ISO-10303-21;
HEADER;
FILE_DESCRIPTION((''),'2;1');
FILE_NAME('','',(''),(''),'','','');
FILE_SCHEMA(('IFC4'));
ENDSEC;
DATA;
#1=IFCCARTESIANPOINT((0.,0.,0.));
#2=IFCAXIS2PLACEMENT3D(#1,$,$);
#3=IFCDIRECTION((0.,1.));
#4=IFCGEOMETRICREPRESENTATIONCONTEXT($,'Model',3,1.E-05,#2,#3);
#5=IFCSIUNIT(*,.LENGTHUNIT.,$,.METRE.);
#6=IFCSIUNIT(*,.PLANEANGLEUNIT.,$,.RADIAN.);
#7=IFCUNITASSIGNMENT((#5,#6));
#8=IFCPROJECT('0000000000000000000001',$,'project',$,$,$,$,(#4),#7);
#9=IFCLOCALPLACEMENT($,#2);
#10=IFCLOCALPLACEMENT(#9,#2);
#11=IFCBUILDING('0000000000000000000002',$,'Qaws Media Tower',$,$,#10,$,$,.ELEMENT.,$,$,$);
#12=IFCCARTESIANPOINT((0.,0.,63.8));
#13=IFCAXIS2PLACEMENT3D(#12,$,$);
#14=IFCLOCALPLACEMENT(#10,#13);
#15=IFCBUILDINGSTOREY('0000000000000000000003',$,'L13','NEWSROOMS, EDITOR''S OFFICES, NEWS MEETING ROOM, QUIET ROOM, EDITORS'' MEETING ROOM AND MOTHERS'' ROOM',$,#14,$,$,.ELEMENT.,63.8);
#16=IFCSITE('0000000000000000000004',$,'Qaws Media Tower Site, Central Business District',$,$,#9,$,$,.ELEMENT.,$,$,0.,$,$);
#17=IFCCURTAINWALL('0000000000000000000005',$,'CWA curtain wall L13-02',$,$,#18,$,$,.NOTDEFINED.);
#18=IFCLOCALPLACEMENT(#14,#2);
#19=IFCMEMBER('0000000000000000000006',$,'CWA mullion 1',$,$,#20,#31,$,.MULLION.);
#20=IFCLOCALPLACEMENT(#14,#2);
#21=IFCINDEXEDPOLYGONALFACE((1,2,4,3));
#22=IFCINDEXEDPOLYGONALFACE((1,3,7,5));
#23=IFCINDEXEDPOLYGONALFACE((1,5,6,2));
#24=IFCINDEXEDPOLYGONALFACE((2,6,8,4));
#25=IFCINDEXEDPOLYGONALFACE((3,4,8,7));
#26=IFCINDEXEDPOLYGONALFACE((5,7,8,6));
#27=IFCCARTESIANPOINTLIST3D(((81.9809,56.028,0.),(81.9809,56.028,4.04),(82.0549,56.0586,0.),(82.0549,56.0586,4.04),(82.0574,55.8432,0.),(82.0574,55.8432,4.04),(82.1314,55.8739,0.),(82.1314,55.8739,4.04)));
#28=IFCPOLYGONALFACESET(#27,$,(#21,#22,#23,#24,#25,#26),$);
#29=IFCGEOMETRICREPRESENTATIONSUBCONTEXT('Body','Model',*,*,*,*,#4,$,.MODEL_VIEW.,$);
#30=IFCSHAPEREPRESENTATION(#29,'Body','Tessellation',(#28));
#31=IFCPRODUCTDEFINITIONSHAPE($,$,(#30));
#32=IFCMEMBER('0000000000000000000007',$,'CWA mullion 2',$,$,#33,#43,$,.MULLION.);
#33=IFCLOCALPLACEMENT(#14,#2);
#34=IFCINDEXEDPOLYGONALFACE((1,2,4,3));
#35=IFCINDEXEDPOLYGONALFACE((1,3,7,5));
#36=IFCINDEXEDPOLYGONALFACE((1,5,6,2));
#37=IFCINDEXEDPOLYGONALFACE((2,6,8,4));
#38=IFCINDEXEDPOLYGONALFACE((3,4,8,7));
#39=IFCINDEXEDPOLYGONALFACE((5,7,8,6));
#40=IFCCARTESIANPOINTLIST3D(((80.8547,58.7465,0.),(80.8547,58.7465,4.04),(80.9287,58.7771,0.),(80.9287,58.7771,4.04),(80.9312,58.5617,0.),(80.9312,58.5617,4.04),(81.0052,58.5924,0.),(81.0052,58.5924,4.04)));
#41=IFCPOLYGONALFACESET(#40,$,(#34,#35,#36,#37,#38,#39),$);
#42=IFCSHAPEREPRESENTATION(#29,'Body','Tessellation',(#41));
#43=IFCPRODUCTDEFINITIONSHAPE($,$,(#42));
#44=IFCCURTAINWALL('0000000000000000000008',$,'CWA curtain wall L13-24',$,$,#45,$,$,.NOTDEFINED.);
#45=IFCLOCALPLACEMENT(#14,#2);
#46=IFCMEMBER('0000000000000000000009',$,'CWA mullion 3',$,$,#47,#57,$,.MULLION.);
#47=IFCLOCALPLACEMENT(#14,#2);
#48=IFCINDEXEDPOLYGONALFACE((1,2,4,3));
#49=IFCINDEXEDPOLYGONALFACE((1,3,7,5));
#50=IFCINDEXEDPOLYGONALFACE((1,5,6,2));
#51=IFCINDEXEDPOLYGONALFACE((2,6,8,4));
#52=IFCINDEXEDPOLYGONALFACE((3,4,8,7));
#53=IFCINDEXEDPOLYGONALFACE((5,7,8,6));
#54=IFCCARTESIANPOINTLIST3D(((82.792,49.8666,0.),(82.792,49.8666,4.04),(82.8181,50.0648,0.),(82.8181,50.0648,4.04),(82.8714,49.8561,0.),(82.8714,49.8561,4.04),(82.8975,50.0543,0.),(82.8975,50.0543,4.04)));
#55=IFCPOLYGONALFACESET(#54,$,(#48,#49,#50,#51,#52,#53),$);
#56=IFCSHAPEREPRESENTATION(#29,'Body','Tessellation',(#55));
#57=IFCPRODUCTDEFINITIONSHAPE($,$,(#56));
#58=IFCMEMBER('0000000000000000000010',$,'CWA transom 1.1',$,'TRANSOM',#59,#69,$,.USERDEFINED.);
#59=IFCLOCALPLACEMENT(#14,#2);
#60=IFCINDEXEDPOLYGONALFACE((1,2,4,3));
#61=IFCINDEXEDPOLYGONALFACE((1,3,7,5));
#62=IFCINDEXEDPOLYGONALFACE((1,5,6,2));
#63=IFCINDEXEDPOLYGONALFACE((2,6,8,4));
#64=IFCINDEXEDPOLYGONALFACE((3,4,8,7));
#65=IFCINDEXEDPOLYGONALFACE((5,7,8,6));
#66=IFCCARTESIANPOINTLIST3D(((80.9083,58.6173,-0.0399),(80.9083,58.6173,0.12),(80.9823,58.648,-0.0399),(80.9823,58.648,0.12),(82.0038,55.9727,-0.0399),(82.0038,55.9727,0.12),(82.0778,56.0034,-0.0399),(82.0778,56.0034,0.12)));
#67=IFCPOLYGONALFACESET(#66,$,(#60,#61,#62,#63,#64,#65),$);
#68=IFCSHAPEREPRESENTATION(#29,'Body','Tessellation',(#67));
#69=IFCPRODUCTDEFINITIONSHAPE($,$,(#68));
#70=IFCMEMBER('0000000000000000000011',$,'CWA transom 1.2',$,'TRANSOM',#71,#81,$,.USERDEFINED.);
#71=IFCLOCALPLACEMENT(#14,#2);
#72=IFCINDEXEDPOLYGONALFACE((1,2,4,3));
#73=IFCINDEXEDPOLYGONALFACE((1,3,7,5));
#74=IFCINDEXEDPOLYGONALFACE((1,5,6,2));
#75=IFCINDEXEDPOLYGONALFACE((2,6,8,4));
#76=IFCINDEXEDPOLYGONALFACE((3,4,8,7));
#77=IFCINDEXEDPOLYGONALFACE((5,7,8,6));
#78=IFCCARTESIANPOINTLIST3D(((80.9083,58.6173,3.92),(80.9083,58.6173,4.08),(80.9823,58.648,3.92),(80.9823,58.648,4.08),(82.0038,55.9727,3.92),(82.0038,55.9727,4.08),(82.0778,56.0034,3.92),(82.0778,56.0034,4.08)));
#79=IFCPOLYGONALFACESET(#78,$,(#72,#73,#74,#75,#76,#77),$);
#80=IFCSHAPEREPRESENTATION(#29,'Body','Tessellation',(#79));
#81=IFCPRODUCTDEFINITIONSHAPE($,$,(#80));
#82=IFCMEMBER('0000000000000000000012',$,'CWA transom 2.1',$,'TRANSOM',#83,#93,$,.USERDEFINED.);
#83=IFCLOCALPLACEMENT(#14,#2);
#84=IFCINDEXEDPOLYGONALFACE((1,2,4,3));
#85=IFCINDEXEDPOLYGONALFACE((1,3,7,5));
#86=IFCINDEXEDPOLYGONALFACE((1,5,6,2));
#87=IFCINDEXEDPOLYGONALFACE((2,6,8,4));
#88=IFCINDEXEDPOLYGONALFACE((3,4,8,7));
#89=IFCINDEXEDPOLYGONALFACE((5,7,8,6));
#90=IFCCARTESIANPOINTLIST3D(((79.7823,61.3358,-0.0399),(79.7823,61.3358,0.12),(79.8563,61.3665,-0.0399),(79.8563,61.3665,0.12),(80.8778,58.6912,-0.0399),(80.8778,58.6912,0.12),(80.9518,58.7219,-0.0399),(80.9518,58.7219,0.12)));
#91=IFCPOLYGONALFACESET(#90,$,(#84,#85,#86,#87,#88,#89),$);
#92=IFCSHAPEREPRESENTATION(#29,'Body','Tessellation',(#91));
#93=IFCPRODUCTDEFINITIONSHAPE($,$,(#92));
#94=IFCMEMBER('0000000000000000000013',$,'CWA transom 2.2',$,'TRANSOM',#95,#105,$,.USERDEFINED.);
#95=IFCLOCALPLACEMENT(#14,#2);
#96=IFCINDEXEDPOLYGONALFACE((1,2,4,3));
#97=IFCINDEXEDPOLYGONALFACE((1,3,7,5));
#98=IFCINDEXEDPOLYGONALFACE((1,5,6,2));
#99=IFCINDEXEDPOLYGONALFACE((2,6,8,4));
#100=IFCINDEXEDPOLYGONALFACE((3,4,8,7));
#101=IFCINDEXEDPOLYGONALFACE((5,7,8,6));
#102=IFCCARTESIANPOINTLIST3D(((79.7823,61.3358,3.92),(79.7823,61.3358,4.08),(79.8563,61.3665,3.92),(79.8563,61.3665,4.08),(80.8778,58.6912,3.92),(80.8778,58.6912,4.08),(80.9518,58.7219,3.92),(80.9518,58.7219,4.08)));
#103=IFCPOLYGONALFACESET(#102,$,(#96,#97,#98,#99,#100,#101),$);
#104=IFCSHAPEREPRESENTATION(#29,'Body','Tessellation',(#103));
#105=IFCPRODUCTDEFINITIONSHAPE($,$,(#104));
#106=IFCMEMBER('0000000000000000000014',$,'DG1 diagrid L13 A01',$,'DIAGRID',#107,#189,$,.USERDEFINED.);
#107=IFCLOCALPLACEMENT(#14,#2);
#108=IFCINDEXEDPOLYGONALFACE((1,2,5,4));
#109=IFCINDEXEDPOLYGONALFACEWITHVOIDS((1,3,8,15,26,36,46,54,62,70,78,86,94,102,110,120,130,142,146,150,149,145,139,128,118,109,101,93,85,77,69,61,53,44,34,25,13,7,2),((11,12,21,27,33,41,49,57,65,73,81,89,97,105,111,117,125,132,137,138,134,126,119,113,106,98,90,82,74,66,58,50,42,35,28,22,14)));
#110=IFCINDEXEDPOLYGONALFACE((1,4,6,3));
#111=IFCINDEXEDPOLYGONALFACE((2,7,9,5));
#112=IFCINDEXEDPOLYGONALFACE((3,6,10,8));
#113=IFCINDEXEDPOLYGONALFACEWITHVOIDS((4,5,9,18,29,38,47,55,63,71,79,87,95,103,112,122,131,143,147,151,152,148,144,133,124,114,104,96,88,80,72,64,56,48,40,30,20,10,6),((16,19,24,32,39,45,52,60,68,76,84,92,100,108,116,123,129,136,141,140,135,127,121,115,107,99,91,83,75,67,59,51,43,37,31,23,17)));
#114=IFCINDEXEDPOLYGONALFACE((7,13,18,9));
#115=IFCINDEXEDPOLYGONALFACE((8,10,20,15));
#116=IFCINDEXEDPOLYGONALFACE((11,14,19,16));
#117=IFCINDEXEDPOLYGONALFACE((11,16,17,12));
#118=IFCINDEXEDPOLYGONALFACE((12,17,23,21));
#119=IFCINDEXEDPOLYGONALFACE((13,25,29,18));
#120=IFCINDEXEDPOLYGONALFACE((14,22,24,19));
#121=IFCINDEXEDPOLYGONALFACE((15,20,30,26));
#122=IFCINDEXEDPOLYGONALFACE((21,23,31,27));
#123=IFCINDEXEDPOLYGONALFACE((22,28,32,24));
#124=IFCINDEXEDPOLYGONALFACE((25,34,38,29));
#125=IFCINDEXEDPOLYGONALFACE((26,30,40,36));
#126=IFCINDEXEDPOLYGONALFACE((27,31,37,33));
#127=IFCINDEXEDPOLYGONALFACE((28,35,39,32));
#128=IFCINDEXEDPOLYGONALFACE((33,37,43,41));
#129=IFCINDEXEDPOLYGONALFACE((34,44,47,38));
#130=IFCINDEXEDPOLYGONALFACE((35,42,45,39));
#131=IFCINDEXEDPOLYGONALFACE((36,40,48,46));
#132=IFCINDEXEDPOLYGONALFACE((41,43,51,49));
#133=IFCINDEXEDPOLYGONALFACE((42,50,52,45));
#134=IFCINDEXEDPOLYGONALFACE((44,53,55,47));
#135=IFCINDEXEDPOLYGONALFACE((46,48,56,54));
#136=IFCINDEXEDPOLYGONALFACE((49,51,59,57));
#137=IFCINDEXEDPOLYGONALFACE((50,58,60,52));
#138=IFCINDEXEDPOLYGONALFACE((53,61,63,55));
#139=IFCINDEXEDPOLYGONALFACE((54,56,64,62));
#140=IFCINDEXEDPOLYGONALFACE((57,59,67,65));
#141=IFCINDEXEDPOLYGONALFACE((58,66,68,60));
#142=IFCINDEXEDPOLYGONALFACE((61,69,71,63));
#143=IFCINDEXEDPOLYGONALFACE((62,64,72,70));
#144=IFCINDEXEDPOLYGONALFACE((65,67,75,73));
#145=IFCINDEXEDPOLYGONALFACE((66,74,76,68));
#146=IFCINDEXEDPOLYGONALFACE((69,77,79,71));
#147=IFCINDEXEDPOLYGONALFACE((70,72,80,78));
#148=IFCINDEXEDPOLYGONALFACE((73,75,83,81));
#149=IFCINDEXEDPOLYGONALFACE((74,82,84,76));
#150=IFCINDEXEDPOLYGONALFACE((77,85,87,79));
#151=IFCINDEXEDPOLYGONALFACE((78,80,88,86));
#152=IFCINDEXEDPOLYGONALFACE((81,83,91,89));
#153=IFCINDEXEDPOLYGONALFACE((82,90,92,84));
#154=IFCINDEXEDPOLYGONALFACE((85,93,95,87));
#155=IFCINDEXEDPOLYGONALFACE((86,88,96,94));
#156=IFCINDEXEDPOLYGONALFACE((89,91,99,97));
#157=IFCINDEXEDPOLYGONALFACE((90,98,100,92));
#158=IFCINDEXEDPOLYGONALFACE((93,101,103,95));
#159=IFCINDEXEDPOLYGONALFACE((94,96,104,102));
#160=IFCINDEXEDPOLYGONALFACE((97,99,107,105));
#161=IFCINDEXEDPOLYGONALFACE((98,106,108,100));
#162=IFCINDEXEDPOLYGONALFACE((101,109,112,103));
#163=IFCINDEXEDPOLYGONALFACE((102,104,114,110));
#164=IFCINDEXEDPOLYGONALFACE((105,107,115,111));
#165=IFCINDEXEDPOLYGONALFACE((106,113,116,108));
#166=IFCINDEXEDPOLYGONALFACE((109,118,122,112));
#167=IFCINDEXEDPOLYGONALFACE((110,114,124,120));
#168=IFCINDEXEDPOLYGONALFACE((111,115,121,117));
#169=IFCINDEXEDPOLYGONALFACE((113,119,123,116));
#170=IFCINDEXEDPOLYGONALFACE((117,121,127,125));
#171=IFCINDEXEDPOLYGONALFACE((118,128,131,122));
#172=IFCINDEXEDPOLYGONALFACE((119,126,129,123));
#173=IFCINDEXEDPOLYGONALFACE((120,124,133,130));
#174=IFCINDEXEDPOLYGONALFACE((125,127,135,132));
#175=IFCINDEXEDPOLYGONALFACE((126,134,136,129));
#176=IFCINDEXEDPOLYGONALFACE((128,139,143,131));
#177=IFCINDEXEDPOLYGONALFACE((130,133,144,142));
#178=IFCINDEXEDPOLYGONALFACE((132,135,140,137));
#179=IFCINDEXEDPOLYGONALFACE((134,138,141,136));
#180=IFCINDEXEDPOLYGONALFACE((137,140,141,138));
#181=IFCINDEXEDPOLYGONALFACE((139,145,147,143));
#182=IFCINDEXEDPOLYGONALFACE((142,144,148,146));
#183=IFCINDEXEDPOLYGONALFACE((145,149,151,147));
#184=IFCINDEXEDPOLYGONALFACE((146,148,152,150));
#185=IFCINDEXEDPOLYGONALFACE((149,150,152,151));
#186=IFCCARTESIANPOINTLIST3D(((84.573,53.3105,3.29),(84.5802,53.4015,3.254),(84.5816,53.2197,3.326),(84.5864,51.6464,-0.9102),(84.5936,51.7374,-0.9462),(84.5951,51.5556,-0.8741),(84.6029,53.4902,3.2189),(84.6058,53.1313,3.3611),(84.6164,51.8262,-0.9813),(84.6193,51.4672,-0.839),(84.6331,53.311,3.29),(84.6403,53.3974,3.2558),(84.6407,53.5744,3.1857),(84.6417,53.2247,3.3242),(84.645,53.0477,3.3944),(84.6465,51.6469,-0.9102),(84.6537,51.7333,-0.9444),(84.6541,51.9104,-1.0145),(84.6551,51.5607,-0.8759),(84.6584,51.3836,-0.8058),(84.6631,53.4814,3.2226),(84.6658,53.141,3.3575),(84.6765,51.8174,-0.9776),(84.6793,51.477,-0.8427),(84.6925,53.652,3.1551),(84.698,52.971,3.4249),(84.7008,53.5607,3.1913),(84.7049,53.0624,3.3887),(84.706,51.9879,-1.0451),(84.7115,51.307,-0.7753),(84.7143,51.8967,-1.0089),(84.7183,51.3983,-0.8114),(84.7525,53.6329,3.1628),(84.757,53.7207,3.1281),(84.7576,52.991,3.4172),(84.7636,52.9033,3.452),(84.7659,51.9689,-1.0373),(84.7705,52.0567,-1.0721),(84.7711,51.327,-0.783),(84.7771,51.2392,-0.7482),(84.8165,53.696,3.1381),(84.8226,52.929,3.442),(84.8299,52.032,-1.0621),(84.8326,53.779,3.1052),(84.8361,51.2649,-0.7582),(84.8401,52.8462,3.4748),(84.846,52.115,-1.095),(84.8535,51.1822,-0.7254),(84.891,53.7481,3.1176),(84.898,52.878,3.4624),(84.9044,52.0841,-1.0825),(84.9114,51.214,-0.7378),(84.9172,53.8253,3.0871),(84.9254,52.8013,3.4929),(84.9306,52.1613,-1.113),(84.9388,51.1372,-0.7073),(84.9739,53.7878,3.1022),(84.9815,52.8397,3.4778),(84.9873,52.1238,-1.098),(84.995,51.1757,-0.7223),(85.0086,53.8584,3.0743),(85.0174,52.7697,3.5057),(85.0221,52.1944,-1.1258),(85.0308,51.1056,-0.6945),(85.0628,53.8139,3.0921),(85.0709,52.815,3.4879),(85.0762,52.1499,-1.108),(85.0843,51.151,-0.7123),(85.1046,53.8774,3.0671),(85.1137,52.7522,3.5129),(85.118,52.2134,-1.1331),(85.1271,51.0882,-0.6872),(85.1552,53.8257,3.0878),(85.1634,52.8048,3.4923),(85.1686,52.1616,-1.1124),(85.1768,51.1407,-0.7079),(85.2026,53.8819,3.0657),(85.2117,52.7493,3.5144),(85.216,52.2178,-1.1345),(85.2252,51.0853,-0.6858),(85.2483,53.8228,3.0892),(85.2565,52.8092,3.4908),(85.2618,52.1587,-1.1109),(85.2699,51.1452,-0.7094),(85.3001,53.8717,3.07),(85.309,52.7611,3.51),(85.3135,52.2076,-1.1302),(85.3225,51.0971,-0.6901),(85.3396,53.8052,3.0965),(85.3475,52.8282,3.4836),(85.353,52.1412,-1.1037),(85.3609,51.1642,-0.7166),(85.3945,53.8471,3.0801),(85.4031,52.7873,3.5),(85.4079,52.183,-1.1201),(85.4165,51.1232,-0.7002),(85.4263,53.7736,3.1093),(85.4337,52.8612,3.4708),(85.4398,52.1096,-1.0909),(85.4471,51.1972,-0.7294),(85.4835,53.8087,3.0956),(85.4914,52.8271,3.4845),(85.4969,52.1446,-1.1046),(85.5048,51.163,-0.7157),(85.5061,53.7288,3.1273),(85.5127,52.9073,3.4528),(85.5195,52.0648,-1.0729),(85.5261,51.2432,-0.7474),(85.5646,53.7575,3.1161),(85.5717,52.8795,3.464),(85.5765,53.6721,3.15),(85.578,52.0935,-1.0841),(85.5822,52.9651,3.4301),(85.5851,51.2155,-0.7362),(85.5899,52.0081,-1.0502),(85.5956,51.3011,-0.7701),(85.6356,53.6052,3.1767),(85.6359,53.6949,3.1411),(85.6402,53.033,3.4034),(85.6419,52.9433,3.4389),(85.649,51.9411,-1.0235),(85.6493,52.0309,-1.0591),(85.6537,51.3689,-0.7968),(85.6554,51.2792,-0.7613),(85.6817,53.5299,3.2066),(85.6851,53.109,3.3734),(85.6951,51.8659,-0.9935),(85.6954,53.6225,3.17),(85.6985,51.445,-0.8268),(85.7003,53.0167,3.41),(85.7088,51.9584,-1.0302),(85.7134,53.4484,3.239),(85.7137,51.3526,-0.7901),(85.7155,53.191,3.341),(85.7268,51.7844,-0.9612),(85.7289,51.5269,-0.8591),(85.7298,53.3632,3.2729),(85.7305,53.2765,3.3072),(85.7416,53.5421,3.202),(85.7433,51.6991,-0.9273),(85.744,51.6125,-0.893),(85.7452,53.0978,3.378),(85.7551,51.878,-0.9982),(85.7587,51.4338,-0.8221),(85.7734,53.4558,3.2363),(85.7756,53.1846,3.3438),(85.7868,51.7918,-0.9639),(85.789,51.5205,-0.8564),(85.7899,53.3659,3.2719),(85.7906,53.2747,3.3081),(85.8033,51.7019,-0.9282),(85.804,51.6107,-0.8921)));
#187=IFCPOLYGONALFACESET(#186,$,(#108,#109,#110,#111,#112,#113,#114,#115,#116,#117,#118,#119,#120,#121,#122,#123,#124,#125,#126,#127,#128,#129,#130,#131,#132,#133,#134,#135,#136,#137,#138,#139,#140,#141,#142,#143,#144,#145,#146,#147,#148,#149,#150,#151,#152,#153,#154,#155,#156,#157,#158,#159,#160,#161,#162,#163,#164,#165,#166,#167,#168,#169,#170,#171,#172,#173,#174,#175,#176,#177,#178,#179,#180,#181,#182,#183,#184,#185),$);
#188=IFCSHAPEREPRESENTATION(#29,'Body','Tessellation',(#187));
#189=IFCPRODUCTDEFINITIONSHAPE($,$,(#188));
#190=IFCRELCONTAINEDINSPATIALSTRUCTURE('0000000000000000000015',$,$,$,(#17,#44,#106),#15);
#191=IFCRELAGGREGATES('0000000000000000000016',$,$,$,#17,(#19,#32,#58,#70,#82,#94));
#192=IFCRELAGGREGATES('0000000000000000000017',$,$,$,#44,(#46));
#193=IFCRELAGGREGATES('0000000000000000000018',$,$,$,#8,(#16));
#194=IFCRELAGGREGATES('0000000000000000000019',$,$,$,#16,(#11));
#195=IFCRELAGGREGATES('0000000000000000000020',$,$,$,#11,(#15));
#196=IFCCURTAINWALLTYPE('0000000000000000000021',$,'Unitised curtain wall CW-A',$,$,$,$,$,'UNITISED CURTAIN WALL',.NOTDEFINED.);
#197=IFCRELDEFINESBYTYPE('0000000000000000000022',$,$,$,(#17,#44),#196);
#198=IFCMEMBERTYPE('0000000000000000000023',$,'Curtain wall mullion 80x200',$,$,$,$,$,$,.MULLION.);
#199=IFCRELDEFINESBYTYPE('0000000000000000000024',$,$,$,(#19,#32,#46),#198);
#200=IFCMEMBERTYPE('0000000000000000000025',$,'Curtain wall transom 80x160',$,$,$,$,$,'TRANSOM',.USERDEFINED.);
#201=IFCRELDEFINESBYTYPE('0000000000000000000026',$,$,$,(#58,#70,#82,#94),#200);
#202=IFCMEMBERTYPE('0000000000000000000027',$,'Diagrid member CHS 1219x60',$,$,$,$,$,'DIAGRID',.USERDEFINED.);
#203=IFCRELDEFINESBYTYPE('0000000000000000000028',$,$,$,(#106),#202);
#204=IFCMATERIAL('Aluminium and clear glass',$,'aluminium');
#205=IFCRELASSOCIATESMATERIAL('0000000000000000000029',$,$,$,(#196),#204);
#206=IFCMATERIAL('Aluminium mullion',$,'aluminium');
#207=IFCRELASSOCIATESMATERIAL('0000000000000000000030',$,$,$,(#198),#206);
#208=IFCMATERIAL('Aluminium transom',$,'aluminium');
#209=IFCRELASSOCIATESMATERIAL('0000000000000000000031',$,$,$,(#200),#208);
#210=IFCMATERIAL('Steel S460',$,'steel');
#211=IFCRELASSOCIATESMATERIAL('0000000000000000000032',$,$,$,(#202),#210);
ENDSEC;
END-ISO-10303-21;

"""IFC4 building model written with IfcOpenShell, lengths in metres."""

from ifc_helpers import new_model, si_unit, direction, frame, origin, origin_2d, place, context, subcontext, project, spatial, rectangle, hollow_circle, extrude, material, material_profile, profile_set, type_object, element, aggregate, save


model = new_model("IFC4")

# Units and contexts
model_context = context("Model", 3, precision=1e-05, world=origin(), true_north=direction((0.0, 1.0)))
body_context = subcontext(model_context, "Body", "Model", "MODEL_VIEW")
ifc_project = project(units=[si_unit("LENGTHUNIT", "METRE"), si_unit("PLANEANGLEUNIT", "RADIAN")], contexts=[model_context])

# Site, building, storey
site_placement = place(None, origin())
site = spatial("IfcSite", under=ifc_project, at=site_placement, Name="Qaws Media Tower Site, Central Business District", CompositionType="ELEMENT", RefElevation=0.0)
building_placement = place(site_placement, origin())
building = spatial("IfcBuilding", under=site, at=building_placement, Name="Qaws Media Tower", CompositionType="ELEMENT")
storey_placement = place(building_placement, frame((0.0, 0.0, 63.8)))
storey = spatial("IfcBuildingStorey", under=building, at=storey_placement, Name="L13", Description="NEWSROOMS, EDITOR'S OFFICES, NEWS MEETING ROOM, QUIET ROOM, EDITORS' MEETING ROOM AND MOTHERS' ROOM", CompositionType="ELEMENT", Elevation=63.8)

# Curtain wall, members
ifc_material_1 = material(Name="Aluminium and clear glass", Category="aluminium")
curtain_wall_type = type_object("IfcCurtainWallType", Name="Unitised curtain wall CW-A", ElementType="UNITISED CURTAIN WALL", PredefinedType="NOTDEFINED", material=ifc_material_1)
curtain_wall_1_placement = place(storey_placement, origin())
curtain_wall_1 = element("IfcCurtainWall", 1, at=curtain_wall_1_placement, inside=storey, type_object=curtain_wall_type, Name="CWA curtain wall L13-02", PredefinedType="NOTDEFINED")
ifc_material_2 = material(Name="Aluminium mullion", Category="aluminium")
ifc_material_profile_1 = material_profile(ifc_material_2, rectangle(XDim=0.0801, YDim=0.2, at=origin_2d()), Name="80x200")
ifc_profile_set_1 = profile_set([ifc_material_profile_1], Name="Aluminium mullion")
member_type_1 = type_object("IfcMemberType", Name="Curtain wall mullion 80x200", PredefinedType="MULLION", material=ifc_profile_set_1)
member_1_placement = place(storey_placement, frame((82.0562, 55.9509, 0.0), z_axis=(0.0, 0.0, 1.0), x_axis=(-0.92388, -0.382683, 0.0)))
member_1 = element("IfcMember", 2, at=member_1_placement, type_object=member_type_1, Name="CWA mullion 1", PredefinedType="MULLION", context=body_context, shape_type="SweptSolid", body=[
    extrude(rectangle(XDim=0.0801, YDim=0.2, at=origin_2d()), origin(), (0.0, 0.0, 1.0), 4.04),
])
member_2_placement = place(storey_placement, frame((80.9299, 58.6694, 0.0), z_axis=(0.0, 0.0, 1.0), x_axis=(-0.92388, -0.382683, 0.0)))
member_2 = element("IfcMember", 3, at=member_2_placement, type_object=member_type_1, Name="CWA mullion 2", PredefinedType="MULLION", context=body_context, shape_type="SweptSolid", body=[
    extrude(rectangle(XDim=0.0801, YDim=0.2, at=origin_2d()), origin(), (0.0, 0.0, 1.0), 4.04),
])

# Curtain wall, member
curtain_wall_2_placement = place(storey_placement, origin())
curtain_wall_2 = element("IfcCurtainWall", 4, at=curtain_wall_2_placement, inside=storey, type_object=curtain_wall_type, Name="CWA curtain wall L13-24", PredefinedType="NOTDEFINED")
member_3_placement = place(storey_placement, frame((82.8447, 49.9604, 0.0), z_axis=(0.0, 0.0, 1.0), x_axis=(-0.991445, 0.130526, 0.0)))
member_3 = element("IfcMember", 5, at=member_3_placement, type_object=member_type_1, Name="CWA mullion 3", PredefinedType="MULLION", context=body_context, shape_type="SweptSolid", body=[
    extrude(rectangle(XDim=0.0801, YDim=0.2, at=origin_2d()), origin(), (0.0, 0.0, 1.0), 4.04),
])

# Members
ifc_material_3 = material(Name="Aluminium transom", Category="aluminium")
ifc_material_profile_2 = material_profile(ifc_material_3, rectangle(XDim=0.0801, YDim=0.1599, at=origin_2d()), Name="80x160")
ifc_profile_set_2 = profile_set([ifc_material_profile_2], Name="Aluminium transom")
member_type_2 = type_object("IfcMemberType", Name="Curtain wall transom 80x160", ElementType="TRANSOM", PredefinedType="USERDEFINED", material=ifc_profile_set_2)
member_4_placement = place(storey_placement, frame((82.0408, 55.988, 0.04), z_axis=(-0.382701, 0.923872, 0.0), x_axis=(-0.923872, -0.382701, 0.0)))
member_4 = element("IfcMember", 6, at=member_4_placement, type_object=member_type_2, Name="CWA transom 1.1", ObjectType="TRANSOM", PredefinedType="USERDEFINED", context=body_context, shape_type="SweptSolid", body=[
    extrude(rectangle(XDim=0.0801, YDim=0.1599, at=origin_2d()), origin(), (0.0, 0.0, 1.0), 2.8625),
])
member_5_placement = place(storey_placement, frame((82.0408, 55.988, 4.0), z_axis=(-0.382701, 0.923872, 0.0), x_axis=(-0.923872, -0.382701, 0.0)))
member_5 = element("IfcMember", 7, at=member_5_placement, type_object=member_type_2, Name="CWA transom 1.2", ObjectType="TRANSOM", PredefinedType="USERDEFINED", context=body_context, shape_type="SweptSolid", body=[
    extrude(rectangle(XDim=0.0801, YDim=0.1599, at=origin_2d()), origin(), (0.0, 0.0, 1.0), 2.8625),
])
member_6_placement = place(storey_placement, frame((80.9148, 58.7065, 0.04), z_axis=(-0.382701, 0.923872, 0.0), x_axis=(-0.923872, -0.382701, 0.0)))
member_6 = element("IfcMember", 8, at=member_6_placement, type_object=member_type_2, Name="CWA transom 2.1", ObjectType="TRANSOM", PredefinedType="USERDEFINED", context=body_context, shape_type="SweptSolid", body=[
    extrude(rectangle(XDim=0.0801, YDim=0.1599, at=origin_2d()), origin(), (0.0, 0.0, 1.0), 2.8625),
])
member_7_placement = place(storey_placement, frame((80.9148, 58.7065, 4.0), z_axis=(-0.382701, 0.923872, 0.0), x_axis=(-0.923872, -0.382701, 0.0)))
member_7 = element("IfcMember", 9, at=member_7_placement, type_object=member_type_2, Name="CWA transom 2.2", ObjectType="TRANSOM", PredefinedType="USERDEFINED", context=body_context, shape_type="SweptSolid", body=[
    extrude(rectangle(XDim=0.0801, YDim=0.1599, at=origin_2d()), origin(), (0.0, 0.0, 1.0), 2.8625),
])

# Member
ifc_material_4 = material(Name="Steel S460", Category="steel")
ifc_material_profile_3 = material_profile(ifc_material_4, hollow_circle(Radius=0.6096, WallThickness=0.0601, at=origin_2d()), Name="CHS 1219x60")
ifc_profile_set_3 = profile_set([ifc_material_profile_3], Name="Steel S460")
member_type_3 = type_object("IfcMemberType", Name="Diagrid member CHS 1219x60", ElementType="DIAGRID", PredefinedType="USERDEFINED", material=ifc_profile_set_3)
for number, where, z_axis, x_axis, name in (
    (10, (85.196, 51.6514, -0.9102), (-0.002972, 0.368331, 0.92969), (-0.999967, -0.008069, 0.0), "DG1 diagrid L13 A01"),
):
    element("IfcMember", number, at=place(storey_placement, frame(where, z_axis=z_axis, x_axis=x_axis)), inside=storey, type_object=member_type_3, Name=name, ObjectType="DIAGRID", PredefinedType="USERDEFINED", context=body_context, shape_type="SweptSolid", body=[
        extrude(hollow_circle(Radius=0.6096, WallThickness=0.0601, at=origin_2d()), origin(), (0.0, 0.0, 1.0), 4.5178),
    ])

aggregate(curtain_wall_1, [member_1, member_2, member_4, member_5, member_6, member_7])
aggregate(curtain_wall_2, [member_3])

save(model, "model.ifc")
